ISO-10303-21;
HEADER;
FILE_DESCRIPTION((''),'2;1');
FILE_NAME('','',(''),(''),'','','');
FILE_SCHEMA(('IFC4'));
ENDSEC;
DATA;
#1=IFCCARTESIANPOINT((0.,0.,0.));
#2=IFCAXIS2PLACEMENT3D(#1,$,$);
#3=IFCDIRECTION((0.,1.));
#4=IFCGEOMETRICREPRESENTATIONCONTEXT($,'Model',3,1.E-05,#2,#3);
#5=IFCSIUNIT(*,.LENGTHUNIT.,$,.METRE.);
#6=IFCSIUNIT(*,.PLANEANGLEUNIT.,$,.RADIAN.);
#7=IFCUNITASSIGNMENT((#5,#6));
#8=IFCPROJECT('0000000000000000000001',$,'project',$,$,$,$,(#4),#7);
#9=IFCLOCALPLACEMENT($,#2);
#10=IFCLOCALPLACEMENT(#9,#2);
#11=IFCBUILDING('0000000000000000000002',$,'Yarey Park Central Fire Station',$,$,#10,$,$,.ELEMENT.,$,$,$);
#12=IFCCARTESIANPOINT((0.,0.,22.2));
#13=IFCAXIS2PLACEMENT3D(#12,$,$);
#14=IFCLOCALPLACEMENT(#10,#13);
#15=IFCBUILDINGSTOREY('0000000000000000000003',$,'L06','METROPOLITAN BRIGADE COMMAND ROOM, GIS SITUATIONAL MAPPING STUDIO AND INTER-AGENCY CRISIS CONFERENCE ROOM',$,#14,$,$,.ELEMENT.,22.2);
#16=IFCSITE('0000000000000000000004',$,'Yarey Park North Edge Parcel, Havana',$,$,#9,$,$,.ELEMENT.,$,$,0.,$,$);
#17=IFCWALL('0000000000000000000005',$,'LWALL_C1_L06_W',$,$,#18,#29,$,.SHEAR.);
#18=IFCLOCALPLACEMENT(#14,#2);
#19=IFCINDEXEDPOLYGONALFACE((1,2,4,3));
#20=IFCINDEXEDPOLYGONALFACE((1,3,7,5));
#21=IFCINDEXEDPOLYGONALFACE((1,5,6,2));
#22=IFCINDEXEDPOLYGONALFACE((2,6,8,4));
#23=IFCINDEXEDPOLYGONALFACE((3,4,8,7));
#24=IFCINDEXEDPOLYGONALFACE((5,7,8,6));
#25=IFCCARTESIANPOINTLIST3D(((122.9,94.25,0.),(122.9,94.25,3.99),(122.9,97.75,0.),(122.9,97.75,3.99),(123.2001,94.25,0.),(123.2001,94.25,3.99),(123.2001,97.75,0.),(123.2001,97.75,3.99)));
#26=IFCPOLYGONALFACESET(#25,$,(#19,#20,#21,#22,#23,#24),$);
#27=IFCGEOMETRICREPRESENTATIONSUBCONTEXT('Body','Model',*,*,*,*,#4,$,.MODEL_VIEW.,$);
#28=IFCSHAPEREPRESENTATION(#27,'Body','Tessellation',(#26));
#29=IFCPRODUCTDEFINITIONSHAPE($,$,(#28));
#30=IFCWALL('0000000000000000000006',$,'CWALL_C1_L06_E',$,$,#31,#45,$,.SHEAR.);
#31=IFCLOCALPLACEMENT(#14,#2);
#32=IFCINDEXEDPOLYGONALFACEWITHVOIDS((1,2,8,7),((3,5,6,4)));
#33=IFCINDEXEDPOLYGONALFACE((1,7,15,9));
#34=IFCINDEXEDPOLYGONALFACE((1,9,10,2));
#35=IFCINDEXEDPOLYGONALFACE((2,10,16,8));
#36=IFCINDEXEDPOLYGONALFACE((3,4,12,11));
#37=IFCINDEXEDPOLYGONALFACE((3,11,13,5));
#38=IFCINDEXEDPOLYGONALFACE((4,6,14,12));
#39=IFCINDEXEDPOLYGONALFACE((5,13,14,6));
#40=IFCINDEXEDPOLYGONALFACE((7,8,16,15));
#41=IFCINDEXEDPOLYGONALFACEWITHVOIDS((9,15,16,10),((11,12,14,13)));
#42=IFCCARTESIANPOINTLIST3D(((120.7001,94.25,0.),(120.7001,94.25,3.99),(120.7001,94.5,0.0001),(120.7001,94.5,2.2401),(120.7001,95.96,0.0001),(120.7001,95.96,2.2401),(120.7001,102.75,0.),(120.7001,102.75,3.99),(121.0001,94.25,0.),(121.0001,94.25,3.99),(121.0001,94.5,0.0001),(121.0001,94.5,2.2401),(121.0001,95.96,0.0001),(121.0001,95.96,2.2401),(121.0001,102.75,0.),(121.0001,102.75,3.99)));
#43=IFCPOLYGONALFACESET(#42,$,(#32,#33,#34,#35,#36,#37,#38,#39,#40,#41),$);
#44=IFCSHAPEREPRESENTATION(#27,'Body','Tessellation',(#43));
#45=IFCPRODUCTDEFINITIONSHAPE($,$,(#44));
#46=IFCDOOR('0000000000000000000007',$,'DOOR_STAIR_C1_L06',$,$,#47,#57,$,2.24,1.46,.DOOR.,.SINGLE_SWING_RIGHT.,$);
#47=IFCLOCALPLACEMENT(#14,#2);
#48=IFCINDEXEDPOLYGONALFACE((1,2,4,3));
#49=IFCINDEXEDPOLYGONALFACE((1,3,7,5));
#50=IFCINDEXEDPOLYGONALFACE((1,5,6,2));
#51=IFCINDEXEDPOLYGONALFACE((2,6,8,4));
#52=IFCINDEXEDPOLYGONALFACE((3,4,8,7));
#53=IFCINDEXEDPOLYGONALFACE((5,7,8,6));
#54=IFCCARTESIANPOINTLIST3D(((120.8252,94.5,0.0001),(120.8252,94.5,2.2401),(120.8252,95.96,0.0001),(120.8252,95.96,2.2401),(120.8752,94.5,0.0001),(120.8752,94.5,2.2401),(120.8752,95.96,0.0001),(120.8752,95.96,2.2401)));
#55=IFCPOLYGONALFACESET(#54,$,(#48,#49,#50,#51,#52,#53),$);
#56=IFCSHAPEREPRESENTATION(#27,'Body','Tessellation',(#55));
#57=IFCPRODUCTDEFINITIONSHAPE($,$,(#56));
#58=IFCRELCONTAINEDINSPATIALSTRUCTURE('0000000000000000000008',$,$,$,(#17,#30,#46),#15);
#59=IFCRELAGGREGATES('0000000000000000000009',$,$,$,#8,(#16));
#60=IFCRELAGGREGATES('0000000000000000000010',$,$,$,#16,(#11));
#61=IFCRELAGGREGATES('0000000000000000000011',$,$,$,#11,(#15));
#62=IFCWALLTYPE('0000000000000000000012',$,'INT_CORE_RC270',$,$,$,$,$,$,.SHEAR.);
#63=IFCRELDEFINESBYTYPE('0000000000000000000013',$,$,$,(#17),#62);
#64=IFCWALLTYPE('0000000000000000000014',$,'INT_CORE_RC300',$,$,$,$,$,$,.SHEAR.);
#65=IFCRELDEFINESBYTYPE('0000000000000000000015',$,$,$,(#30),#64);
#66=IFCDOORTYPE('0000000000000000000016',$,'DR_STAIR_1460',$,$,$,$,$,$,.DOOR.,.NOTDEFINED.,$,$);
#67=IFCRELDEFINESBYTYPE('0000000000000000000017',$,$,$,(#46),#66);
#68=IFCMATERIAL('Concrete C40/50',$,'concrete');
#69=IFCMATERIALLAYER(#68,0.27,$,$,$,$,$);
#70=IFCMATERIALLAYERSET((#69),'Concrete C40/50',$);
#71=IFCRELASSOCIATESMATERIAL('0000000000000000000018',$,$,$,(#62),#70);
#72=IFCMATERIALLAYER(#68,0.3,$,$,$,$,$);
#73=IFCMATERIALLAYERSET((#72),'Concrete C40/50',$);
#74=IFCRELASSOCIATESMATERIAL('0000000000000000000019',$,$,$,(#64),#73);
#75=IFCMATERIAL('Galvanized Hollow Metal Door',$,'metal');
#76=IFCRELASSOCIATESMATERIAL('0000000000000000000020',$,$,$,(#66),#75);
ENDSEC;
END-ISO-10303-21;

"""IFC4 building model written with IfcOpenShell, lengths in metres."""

from ifc_helpers import new_model, si_unit, direction, frame, frame_2d, origin, place, context, subcontext, project, spatial, rectangle, extrude, material, layer, layer_set, type_object, element, fill, save


model = new_model("IFC4")

# Units and contexts
model_context = context("Model", 3, precision=1e-05, world=origin(), true_north=direction((0.0, 1.0)))
body_context = subcontext(model_context, "Body", "Model", "MODEL_VIEW")
ifc_project = project(units=[si_unit("LENGTHUNIT", "METRE"), si_unit("PLANEANGLEUNIT", "RADIAN")], contexts=[model_context])

# Site, building, storey
site_placement = place(None, origin())
site = spatial("IfcSite", under=ifc_project, at=site_placement, Name="Yarey Park North Edge Parcel, Havana", CompositionType="ELEMENT", RefElevation=0.0)
building_placement = place(site_placement, origin())
building = spatial("IfcBuilding", under=site, at=building_placement, Name="Yarey Park Central Fire Station", CompositionType="ELEMENT")
storey_placement = place(building_placement, frame((0.0, 0.0, 22.2)))
storey = spatial("IfcBuildingStorey", under=building, at=storey_placement, Name="L06", Description="METROPOLITAN BRIGADE COMMAND ROOM, GIS SITUATIONAL MAPPING STUDIO AND INTER-AGENCY CRISIS CONFERENCE ROOM", CompositionType="ELEMENT", Elevation=22.2)

# Shared definitions
ifc_material_1 = material(Name="Concrete C40/50", Category="concrete")

# Wall
ifc_layer_1 = layer(ifc_material_1, 0.27)
ifc_layer_set_1 = layer_set([ifc_layer_1], Name="Concrete C40/50")
wall_type_1 = type_object("IfcWallType", Name="INT_CORE_RC270", PredefinedType="SHEAR", material=ifc_layer_set_1)
wall_1_placement = place(storey_placement, frame((123.05, 97.75, 0.0), z_axis=(0.0, 0.0, 1.0), x_axis=(0.0, -1.0, 0.0)))
element("IfcWall", 1, at=wall_1_placement, inside=storey, type_object=wall_type_1, Name="LWALL_C1_L06_W", PredefinedType="SHEAR", context=body_context, shape_type="SweptSolid", body=[
    extrude(rectangle(XDim=3.5, YDim=0.3, at=frame_2d((1.75, 0.0))), origin(), (0.0, 0.0, 1.0), 3.99),
])

# Wall, opening, door
ifc_layer_2 = layer(ifc_material_1, 0.3)
ifc_layer_set_2 = layer_set([ifc_layer_2], Name="Concrete C40/50")
wall_type_2 = type_object("IfcWallType", Name="INT_CORE_RC300", PredefinedType="SHEAR", material=ifc_layer_set_2)
wall_2_placement = place(storey_placement, frame((120.8501, 94.25, 0.0), z_axis=(0.0, 0.0, 1.0), x_axis=(0.0, 1.0, 0.0)))
wall_2 = element("IfcWall", 2, at=wall_2_placement, inside=storey, type_object=wall_type_2, Name="CWALL_C1_L06_E", PredefinedType="SHEAR", context=body_context, shape_type="SweptSolid", body=[
    extrude(rectangle(XDim=8.5, YDim=0.3, at=frame_2d((4.25, 0.0))), origin(), (0.0, 0.0, 1.0), 3.99),
])
opening_placement = place(wall_2_placement, frame((0.25, 0.0, 0.0)))
opening = element("IfcOpeningElement", 3, at=opening_placement, cuts=wall_2, PredefinedType="OPENING", context=body_context, shape_type="SweptSolid", body=[
    extrude(rectangle(XDim=1.46, YDim=2.24, at=frame_2d((0.73, 1.1201))), frame((0.0, 0.1599, 0.0), z_axis=(0.0, -1.0, 0.0), x_axis=(1.0, 0.0, 0.0)), (0.0, 0.0, 1.0), 0.3201),
])
ifc_material_2 = material(Name="Galvanized Hollow Metal Door", Category="metal")
door_type = type_object("IfcDoorType", Name="DR_STAIR_1460", OperationType="NOTDEFINED", PredefinedType="DOOR", material=ifc_material_2)
door_placement = place(opening_placement, origin())
door = element("IfcDoor", 4, at=door_placement, inside=storey, type_object=door_type, Name="DOOR_STAIR_C1_L06", OperationType="SINGLE_SWING_RIGHT", OverallHeight=2.24, OverallWidth=1.46, PredefinedType="DOOR", context=body_context, shape_type="SweptSolid", body=[
    extrude(rectangle(XDim=1.46, YDim=2.24, at=frame_2d((0.73, 1.1201))), frame((0.0, 0.0249, 0.0), z_axis=(0.0, -1.0, 0.0), x_axis=(1.0, 0.0, 0.0)), (0.0, 0.0, 1.0), 0.05),
])
fill(opening, door)

save(model, "model.ifc")
